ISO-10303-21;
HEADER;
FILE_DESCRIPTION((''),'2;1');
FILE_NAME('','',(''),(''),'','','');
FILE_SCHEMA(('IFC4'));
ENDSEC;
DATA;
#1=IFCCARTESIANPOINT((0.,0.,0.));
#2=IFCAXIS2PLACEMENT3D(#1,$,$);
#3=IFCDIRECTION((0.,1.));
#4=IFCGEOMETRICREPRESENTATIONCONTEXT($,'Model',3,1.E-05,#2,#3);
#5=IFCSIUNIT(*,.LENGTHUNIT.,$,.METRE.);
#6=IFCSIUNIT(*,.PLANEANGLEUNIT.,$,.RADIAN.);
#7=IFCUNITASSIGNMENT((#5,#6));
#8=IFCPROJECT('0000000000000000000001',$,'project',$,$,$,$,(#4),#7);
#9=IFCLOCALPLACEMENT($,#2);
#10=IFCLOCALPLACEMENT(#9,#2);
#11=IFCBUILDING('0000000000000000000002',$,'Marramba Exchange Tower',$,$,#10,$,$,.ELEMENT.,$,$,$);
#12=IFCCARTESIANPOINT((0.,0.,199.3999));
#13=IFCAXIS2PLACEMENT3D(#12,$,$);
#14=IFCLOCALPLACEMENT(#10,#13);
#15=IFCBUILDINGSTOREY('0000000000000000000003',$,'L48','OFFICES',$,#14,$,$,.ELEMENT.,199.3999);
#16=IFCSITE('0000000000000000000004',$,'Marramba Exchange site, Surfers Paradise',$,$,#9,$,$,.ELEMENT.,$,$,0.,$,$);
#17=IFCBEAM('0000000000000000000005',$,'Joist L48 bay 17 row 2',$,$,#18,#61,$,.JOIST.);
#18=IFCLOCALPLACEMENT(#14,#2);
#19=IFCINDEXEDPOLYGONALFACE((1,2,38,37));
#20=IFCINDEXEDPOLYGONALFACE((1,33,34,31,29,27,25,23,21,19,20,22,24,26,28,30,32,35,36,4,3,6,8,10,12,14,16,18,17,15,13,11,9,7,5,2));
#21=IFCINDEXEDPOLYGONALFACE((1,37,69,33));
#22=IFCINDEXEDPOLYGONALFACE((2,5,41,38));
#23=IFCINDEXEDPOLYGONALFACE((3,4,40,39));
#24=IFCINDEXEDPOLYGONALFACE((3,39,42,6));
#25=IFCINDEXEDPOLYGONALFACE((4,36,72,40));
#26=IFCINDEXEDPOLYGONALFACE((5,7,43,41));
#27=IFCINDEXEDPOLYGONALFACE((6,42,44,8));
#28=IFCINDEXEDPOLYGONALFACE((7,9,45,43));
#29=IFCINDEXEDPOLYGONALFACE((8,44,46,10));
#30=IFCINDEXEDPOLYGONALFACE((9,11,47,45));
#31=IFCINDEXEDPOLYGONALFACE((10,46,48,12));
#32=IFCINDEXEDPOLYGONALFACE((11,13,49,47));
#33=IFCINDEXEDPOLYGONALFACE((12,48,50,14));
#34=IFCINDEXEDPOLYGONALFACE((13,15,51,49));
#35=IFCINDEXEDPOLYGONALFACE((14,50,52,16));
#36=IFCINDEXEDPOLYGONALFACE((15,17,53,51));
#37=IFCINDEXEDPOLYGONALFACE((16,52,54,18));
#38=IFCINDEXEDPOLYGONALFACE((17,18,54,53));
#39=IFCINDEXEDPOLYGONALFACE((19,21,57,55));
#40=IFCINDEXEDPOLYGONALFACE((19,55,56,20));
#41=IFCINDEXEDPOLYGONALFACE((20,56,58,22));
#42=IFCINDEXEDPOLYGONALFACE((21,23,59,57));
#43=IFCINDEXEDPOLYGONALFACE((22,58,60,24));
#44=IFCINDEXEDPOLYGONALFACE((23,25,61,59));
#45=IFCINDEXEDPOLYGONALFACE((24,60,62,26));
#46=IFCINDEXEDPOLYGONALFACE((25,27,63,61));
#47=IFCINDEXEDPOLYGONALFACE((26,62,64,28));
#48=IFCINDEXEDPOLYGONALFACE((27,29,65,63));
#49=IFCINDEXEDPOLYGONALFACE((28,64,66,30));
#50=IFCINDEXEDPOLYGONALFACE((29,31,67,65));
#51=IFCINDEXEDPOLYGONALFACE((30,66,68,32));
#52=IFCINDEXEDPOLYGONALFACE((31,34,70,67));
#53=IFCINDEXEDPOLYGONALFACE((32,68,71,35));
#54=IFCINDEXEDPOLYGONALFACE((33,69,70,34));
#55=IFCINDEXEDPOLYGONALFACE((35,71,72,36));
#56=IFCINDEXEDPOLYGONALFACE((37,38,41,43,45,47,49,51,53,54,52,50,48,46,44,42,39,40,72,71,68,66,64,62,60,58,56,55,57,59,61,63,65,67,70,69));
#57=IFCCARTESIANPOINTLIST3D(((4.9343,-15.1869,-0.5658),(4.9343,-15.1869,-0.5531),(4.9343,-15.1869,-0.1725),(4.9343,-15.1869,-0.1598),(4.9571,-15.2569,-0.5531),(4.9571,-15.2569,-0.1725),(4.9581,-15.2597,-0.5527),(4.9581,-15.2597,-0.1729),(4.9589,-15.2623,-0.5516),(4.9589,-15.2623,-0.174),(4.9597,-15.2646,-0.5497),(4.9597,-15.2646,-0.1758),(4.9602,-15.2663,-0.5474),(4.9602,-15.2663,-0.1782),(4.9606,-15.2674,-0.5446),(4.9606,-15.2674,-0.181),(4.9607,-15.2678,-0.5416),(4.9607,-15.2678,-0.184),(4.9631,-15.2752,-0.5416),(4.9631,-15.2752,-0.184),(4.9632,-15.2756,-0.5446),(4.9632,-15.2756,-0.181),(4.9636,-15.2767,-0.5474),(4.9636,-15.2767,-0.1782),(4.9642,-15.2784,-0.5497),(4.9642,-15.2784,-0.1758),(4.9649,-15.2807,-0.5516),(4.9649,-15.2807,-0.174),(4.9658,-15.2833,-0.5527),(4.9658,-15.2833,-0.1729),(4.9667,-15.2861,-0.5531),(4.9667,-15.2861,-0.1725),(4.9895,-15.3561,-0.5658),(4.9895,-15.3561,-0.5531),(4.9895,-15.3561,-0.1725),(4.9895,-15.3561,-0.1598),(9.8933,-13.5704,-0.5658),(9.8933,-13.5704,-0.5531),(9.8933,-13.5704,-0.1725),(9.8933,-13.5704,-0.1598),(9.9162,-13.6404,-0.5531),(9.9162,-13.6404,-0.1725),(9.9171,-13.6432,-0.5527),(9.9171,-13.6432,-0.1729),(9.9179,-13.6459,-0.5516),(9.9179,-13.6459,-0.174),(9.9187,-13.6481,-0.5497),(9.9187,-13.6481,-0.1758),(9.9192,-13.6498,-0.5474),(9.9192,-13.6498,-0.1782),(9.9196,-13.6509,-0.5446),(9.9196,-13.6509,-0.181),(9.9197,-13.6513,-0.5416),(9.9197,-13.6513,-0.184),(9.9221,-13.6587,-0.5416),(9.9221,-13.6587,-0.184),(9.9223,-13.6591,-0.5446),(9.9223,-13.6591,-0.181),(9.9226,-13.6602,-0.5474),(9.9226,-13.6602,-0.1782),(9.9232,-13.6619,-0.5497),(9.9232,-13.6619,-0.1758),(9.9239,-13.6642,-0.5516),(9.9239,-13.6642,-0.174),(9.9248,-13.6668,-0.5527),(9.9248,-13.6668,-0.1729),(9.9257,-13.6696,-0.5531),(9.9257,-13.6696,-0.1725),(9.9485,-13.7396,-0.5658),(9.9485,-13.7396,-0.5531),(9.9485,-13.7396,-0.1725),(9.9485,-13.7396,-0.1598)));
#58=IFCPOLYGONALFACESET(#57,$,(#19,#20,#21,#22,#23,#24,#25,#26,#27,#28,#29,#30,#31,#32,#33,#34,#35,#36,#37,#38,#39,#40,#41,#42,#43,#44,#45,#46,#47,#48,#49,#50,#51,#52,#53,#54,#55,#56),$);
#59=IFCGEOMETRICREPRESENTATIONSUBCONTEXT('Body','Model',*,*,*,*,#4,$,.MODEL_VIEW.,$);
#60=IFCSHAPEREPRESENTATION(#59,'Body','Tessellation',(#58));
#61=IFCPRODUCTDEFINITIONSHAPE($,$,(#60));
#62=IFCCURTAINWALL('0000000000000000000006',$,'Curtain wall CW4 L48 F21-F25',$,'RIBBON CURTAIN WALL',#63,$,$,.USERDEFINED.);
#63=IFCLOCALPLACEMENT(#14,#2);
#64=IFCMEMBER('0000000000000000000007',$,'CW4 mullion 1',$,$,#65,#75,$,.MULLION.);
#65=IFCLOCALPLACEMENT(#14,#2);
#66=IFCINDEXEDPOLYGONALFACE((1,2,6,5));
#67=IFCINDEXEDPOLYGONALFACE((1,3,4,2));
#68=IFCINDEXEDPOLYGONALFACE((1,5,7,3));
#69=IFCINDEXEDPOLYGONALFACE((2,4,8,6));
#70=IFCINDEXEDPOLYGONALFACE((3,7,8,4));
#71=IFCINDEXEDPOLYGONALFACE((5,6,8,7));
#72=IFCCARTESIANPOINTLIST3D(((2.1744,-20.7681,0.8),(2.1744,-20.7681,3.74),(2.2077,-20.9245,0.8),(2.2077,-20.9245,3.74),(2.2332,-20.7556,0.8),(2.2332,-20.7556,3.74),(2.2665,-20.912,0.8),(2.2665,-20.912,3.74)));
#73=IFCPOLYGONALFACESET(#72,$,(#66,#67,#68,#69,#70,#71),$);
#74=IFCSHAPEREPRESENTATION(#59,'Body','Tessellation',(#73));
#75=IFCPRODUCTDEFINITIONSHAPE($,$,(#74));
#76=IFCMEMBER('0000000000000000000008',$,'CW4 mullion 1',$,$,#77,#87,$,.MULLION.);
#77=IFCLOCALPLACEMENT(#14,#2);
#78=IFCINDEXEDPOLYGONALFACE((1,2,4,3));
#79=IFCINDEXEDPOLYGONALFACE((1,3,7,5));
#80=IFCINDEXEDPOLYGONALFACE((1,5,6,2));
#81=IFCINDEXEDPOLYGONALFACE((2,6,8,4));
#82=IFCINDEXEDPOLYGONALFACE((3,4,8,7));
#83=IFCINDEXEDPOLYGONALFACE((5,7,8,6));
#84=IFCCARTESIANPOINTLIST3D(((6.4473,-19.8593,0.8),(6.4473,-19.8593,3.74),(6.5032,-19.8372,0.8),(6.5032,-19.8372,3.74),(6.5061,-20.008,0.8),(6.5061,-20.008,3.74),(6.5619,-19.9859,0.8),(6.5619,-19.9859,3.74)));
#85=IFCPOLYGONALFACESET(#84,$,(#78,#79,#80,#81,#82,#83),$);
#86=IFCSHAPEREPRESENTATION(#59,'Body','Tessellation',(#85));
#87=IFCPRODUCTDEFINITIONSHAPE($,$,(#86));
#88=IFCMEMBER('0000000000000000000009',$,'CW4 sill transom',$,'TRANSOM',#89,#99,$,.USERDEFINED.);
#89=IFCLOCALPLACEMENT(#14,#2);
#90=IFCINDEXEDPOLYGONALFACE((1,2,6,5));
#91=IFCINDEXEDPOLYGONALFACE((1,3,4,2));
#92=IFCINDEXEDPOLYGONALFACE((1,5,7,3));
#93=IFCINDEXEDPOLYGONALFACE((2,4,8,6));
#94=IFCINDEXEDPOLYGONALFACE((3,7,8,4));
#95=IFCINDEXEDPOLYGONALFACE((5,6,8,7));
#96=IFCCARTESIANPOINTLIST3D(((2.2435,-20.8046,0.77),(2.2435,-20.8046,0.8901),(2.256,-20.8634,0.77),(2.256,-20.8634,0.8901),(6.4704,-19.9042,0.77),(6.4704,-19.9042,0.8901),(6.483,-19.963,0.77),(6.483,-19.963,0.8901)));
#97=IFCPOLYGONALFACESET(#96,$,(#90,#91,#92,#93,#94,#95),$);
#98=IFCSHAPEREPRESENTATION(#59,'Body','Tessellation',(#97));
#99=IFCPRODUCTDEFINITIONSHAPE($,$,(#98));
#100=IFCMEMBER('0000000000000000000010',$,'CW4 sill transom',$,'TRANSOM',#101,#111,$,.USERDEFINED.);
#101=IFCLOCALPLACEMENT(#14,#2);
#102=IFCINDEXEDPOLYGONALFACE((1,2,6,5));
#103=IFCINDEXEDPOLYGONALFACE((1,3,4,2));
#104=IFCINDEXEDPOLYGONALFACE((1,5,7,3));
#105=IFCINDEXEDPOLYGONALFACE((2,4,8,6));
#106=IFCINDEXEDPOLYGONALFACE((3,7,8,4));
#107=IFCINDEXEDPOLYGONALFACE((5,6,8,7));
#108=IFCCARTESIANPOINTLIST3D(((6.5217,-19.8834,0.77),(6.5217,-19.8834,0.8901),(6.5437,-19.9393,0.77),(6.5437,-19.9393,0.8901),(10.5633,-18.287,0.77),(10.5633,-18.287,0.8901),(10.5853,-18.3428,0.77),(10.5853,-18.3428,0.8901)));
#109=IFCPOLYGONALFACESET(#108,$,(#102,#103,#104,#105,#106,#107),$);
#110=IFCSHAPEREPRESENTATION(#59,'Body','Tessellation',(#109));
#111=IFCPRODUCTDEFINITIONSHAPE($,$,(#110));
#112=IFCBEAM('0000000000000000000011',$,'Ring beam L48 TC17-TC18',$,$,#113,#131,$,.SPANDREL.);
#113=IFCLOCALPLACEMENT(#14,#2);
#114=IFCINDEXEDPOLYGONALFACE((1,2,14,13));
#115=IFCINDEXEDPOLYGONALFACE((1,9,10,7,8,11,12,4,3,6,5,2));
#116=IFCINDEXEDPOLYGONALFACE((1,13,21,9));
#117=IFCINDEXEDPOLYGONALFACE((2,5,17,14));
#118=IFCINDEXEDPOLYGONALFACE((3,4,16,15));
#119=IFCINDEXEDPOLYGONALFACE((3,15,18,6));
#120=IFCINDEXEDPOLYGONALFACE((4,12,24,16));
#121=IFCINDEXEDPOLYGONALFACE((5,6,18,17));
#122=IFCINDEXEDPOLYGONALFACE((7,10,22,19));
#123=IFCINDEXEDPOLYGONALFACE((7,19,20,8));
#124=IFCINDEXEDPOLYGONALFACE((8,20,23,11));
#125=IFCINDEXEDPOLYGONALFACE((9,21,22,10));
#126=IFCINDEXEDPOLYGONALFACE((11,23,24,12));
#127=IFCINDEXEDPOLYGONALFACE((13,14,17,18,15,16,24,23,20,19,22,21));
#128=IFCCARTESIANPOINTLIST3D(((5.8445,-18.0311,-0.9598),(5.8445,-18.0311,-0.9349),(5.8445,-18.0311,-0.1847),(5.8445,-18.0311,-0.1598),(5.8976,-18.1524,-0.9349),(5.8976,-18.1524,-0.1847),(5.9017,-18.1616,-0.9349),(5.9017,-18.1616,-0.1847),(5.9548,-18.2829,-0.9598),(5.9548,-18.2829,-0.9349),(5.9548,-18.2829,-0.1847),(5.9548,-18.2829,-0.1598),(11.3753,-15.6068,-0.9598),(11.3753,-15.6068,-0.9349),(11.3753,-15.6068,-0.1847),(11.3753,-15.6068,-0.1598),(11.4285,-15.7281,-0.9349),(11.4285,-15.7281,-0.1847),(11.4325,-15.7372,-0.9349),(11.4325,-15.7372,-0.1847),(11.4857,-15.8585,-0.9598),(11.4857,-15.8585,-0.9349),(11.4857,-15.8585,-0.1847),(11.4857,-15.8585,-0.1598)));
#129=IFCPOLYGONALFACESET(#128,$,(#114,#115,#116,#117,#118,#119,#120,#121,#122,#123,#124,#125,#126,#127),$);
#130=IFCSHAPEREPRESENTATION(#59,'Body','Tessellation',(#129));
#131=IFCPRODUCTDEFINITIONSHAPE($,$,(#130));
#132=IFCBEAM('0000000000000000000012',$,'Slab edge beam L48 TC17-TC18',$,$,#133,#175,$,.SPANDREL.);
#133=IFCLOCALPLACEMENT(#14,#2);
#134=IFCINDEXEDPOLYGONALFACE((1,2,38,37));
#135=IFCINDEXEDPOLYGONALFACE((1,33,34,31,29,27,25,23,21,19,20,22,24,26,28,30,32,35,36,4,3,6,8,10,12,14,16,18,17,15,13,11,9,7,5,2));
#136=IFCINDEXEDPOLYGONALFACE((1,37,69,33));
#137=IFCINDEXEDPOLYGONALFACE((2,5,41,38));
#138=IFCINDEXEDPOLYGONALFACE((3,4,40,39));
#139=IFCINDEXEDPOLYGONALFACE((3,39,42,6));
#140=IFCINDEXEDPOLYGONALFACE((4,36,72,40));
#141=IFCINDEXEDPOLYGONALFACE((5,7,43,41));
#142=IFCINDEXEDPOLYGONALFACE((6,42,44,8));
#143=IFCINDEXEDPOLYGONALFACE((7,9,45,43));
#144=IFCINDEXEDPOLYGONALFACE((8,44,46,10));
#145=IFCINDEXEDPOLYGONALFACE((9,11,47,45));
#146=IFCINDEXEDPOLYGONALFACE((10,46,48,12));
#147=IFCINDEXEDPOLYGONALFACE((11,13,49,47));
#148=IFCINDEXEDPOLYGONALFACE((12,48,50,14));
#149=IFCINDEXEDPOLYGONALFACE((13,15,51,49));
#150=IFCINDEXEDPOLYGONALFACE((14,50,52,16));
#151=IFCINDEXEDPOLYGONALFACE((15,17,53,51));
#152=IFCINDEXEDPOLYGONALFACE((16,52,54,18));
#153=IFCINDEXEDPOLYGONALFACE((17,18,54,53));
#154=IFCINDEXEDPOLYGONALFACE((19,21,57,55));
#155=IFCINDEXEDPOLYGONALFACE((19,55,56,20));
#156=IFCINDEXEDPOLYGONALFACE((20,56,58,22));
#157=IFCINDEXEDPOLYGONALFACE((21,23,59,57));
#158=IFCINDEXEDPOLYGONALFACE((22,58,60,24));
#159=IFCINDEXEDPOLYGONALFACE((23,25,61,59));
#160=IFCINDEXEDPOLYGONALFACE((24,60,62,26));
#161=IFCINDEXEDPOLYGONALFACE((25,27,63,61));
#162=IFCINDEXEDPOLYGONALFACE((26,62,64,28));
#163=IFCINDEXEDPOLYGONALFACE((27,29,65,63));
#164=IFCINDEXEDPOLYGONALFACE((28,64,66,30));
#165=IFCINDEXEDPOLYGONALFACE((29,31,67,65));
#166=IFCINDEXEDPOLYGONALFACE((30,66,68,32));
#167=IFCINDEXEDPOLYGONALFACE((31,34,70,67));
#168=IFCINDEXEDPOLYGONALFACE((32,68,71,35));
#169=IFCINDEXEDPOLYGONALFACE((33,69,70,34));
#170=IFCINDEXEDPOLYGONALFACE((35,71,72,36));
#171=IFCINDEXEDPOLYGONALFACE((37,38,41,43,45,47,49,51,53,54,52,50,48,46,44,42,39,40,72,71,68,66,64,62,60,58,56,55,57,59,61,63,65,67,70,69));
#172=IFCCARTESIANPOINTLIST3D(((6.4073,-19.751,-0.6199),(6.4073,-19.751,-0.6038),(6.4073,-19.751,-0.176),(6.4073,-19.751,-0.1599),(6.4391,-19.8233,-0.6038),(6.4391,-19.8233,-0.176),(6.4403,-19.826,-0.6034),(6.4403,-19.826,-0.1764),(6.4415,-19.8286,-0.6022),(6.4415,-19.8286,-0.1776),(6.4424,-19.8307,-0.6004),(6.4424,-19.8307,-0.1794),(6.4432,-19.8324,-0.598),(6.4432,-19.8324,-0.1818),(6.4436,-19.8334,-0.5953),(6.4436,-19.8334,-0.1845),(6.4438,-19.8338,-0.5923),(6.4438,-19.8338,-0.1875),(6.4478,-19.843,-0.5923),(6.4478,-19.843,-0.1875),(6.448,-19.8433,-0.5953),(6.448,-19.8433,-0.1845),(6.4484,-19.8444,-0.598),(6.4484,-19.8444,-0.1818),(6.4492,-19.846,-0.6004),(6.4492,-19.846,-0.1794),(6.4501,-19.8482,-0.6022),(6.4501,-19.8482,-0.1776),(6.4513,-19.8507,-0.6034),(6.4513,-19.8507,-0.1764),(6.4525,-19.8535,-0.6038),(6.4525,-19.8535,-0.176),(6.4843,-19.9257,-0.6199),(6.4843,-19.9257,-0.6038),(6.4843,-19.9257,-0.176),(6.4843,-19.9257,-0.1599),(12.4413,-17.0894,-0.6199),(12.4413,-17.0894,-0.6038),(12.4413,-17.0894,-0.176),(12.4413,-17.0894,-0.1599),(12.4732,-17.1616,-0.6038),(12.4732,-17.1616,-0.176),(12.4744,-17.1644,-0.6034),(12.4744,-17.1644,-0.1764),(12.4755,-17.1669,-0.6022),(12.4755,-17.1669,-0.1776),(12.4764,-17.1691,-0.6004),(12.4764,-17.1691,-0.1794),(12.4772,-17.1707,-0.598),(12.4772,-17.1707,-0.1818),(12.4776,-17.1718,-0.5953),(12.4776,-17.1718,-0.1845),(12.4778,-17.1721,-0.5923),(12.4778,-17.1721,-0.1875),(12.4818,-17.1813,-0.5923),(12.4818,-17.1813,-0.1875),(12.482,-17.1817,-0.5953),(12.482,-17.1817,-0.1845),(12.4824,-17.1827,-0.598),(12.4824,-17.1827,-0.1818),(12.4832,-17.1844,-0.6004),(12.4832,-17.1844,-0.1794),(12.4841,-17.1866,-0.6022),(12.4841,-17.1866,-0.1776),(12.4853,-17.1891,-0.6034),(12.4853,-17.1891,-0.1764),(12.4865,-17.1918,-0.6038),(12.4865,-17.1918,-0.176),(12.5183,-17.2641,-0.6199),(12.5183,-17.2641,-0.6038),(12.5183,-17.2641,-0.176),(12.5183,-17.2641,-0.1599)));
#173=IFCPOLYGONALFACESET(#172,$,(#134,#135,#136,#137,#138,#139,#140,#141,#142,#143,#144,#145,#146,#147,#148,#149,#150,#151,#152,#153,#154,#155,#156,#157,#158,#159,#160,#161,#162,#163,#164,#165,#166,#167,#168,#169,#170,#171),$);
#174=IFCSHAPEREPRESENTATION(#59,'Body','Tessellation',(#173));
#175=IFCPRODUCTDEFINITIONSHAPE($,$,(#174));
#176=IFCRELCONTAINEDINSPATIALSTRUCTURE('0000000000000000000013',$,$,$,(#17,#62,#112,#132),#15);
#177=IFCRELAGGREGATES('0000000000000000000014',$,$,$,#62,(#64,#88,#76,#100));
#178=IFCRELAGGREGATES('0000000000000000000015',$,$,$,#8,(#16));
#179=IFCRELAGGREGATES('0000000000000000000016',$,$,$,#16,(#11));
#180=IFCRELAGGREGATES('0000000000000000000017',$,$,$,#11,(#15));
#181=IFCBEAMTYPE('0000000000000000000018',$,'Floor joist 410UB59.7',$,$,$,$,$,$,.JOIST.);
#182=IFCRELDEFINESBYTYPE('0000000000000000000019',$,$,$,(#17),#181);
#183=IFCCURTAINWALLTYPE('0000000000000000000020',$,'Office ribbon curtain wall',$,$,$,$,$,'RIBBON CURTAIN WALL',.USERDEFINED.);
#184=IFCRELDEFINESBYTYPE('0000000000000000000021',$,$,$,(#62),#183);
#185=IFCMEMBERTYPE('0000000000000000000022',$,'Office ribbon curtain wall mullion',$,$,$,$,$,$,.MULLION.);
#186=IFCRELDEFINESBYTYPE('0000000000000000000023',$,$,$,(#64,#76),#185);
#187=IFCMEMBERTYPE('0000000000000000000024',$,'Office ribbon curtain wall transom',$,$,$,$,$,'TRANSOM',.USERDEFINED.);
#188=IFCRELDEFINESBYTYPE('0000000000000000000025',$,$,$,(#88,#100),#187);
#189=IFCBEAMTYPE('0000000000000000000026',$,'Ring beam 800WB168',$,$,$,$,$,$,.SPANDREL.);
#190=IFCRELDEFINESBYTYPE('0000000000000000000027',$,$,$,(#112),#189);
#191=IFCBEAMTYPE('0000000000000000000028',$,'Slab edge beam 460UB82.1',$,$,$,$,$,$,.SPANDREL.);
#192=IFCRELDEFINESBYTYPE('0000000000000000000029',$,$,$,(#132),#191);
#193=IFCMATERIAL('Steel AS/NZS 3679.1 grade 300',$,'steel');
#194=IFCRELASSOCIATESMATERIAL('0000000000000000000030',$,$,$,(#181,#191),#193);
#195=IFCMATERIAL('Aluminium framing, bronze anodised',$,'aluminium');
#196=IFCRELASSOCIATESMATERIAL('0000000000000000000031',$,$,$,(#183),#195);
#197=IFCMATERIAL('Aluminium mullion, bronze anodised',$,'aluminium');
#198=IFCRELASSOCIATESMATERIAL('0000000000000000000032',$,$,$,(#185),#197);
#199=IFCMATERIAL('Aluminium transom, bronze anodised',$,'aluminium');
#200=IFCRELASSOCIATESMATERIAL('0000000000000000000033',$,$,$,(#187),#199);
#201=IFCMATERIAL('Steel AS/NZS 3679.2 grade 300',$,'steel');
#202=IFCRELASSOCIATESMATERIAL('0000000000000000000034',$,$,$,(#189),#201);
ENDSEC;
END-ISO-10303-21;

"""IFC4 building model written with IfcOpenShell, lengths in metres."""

from ifc_helpers import new_model, si_unit, direction, frame, origin, origin_2d, place, context, subcontext, project, spatial, rectangle, i_section, extrude, material, material_profile, profile_set, type_object, element, aggregate, save


model = new_model("IFC4")

# Units and contexts
model_context = context("Model", 3, precision=1e-05, world=origin(), true_north=direction((0.0, 1.0)))
body_context = subcontext(model_context, "Body", "Model", "MODEL_VIEW")
ifc_project = project(units=[si_unit("LENGTHUNIT", "METRE"), si_unit("PLANEANGLEUNIT", "RADIAN")], contexts=[model_context])

# Site, building, storey
site_placement = place(None, origin())
site = spatial("IfcSite", under=ifc_project, at=site_placement, Name="Marramba Exchange site, Surfers Paradise", CompositionType="ELEMENT", RefElevation=0.0)
building_placement = place(site_placement, origin())
building = spatial("IfcBuilding", under=site, at=building_placement, Name="Marramba Exchange Tower", CompositionType="ELEMENT")
storey_placement = place(building_placement, frame((0.0, 0.0, 199.3999)))
storey = spatial("IfcBuildingStorey", under=building, at=storey_placement, Name="L48", Description="OFFICES", CompositionType="ELEMENT", Elevation=199.3999)

# Beam
ifc_material_1 = material(Name="Steel AS/NZS 3679.2 grade 300", Category="steel")
ifc_material_2 = material(Name="Steel AS/NZS 3679.1 grade 300", Category="steel")
ifc_material_profile_1 = material_profile(ifc_material_2, i_section(OverallWidth=0.178, OverallDepth=0.406, WebThickness=0.0078, FlangeThickness=0.0127, FilletRadius=0.0115, at=origin_2d()), Name="410UB59.7")
ifc_profile_set_1 = profile_set([ifc_material_profile_1], Name="Steel AS/NZS 3679.1 grade 300")
beam_type_1 = type_object("IfcBeamType", Name="Floor joist 410UB59.7", PredefinedType="JOIST", material=ifc_profile_set_1)
beam_1_placement = place(storey_placement, frame((4.9619, -15.2715, -0.3628), z_axis=(0.950764, 0.309916, 0.0), x_axis=(-0.309916, 0.950764, 0.0)))
element("IfcBeam", 1, at=beam_1_placement, inside=storey, type_object=beam_type_1, Name="Joist L48 bay 17 row 2", PredefinedType="JOIST", context=body_context, shape_type="SweptSolid", body=[
    extrude(i_section(OverallWidth=0.178, OverallDepth=0.406, WebThickness=0.0078, FlangeThickness=0.0127, FilletRadius=0.0115, at=origin_2d()), origin(), (0.0, 0.0, 1.0), 5.2158),
])

# Curtain wall, members
ifc_material_3 = material(Name="Aluminium framing, bronze anodised", Category="aluminium")
curtain_wall_type = type_object("IfcCurtainWallType", Name="Office ribbon curtain wall", ElementType="RIBBON CURTAIN WALL", PredefinedType="USERDEFINED", material=ifc_material_3)
curtain_wall_placement = place(storey_placement, origin())
curtain_wall = element("IfcCurtainWall", 2, at=curtain_wall_placement, inside=storey, type_object=curtain_wall_type, Name="Curtain wall CW4 L48 F21-F25", ObjectType="RIBBON CURTAIN WALL", PredefinedType="USERDEFINED")
ifc_material_4 = material(Name="Aluminium mullion, bronze anodised", Category="aluminium")
ifc_material_profile_2 = material_profile(ifc_material_4, rectangle(XDim=0.1599, YDim=0.0601, at=origin_2d()), Name="CW4 mullion 60x160")
ifc_profile_set_2 = profile_set([ifc_material_profile_2], Name="Aluminium mullion, bronze anodised")
member_type_1 = type_object("IfcMemberType", Name="Office ribbon curtain wall mullion", PredefinedType="MULLION", material=ifc_profile_set_2)
member_1_placement = place(storey_placement, frame((2.2205, -20.8401, 0.8), z_axis=(0.0, 0.0, 1.0), x_axis=(-0.208332, 0.978058, 0.0)))
member_1 = element("IfcMember", 3, at=member_1_placement, type_object=member_type_1, Name="CW4 mullion 1", PredefinedType="MULLION", context=body_context, shape_type="SweptSolid", body=[
    extrude(rectangle(XDim=0.1599, YDim=0.0601, at=origin_2d()), origin(), (0.0, 0.0, 1.0), 2.9399),
])
member_2_placement = place(storey_placement, frame((6.5046, -19.9226, 0.8), z_axis=(0.0, 0.0, 1.0), x_axis=(-0.367375, 0.930073, 0.0)))
member_2 = element("IfcMember", 4, at=member_2_placement, type_object=member_type_1, Name="CW4 mullion 1", PredefinedType="MULLION", context=body_context, shape_type="SweptSolid", body=[
    extrude(rectangle(XDim=0.1599, YDim=0.0601, at=origin_2d()), origin(), (0.0, 0.0, 1.0), 2.9399),
])
ifc_material_5 = material(Name="Aluminium transom, bronze anodised", Category="aluminium")
ifc_material_profile_3 = material_profile(ifc_material_5, rectangle(XDim=0.0601, YDim=0.1201, at=origin_2d()), Name="CW4 transom 60x120")
ifc_profile_set_3 = profile_set([ifc_material_profile_3], Name="Aluminium transom, bronze anodised")
member_type_2 = type_object("IfcMemberType", Name="Office ribbon curtain wall transom", ElementType="TRANSOM", PredefinedType="USERDEFINED", material=ifc_profile_set_3)
member_3_placement = place(storey_placement, frame((2.2498, -20.834, 0.8301), z_axis=(0.978058, 0.208333, 0.0), x_axis=(-0.208333, 0.978058, 0.0)))
member_3 = element("IfcMember", 5, at=member_3_placement, type_object=member_type_2, Name="CW4 sill transom", ObjectType="TRANSOM", PredefinedType="USERDEFINED", context=body_context, shape_type="SweptSolid", body=[
    extrude(rectangle(XDim=0.0601, YDim=0.1201, at=origin_2d()), origin(), (0.0, 0.0, 1.0), 4.3218),
])
member_4_placement = place(storey_placement, frame((6.5327, -19.9114, 0.8301), z_axis=(0.930068, 0.367387, 0.0), x_axis=(-0.367387, 0.930068, 0.0)))
member_4 = element("IfcMember", 6, at=member_4_placement, type_object=member_type_2, Name="CW4 sill transom", ObjectType="TRANSOM", PredefinedType="USERDEFINED", context=body_context, shape_type="SweptSolid", body=[
    extrude(rectangle(XDim=0.0601, YDim=0.1201, at=origin_2d()), origin(), (0.0, 0.0, 1.0), 4.3455),
])

# Beams
ifc_material_profile_4 = material_profile(ifc_material_1, i_section(OverallWidth=0.2749, OverallDepth=0.8, WebThickness=0.01, FlangeThickness=0.0249, at=origin_2d()), Name="800WB168")
ifc_profile_set_4 = profile_set([ifc_material_profile_4], Name="Steel AS/NZS 3679.2 grade 300")
beam_type_2 = type_object("IfcBeamType", Name="Ring beam 800WB168", PredefinedType="SPANDREL", material=ifc_profile_set_4)
beam_2_placement = place(storey_placement, frame((5.8997, -18.157, -0.5598), z_axis=(0.915877, 0.401459, 0.0), x_axis=(-0.401459, 0.915877, 0.0)))
element("IfcBeam", 7, at=beam_2_placement, inside=storey, type_object=beam_type_2, Name="Ring beam L48 TC17-TC18", PredefinedType="SPANDREL", context=body_context, shape_type="SweptSolid", body=[
    extrude(i_section(OverallWidth=0.2749, OverallDepth=0.8, WebThickness=0.01, FlangeThickness=0.0249, at=origin_2d()), origin(), (0.0, 0.0, 1.0), 6.0388),
])
ifc_material_profile_5 = material_profile(ifc_material_2, i_section(OverallWidth=0.1909, OverallDepth=0.46, WebThickness=0.01, FlangeThickness=0.0161, FilletRadius=0.0115, at=origin_2d()), Name="460UB82.1")
ifc_profile_set_5 = profile_set([ifc_material_profile_5], Name="Steel AS/NZS 3679.1 grade 300")
beam_type_3 = type_object("IfcBeamType", Name="Slab edge beam 460UB82.1", PredefinedType="SPANDREL", material=ifc_profile_set_5)
beam_3_placement = place(storey_placement, frame((6.4458, -19.8384, -0.3899), z_axis=(0.914941, 0.403588, 0.0), x_axis=(-0.403588, 0.914941, 0.0)))
element("IfcBeam", 8, at=beam_3_placement, inside=storey, type_object=beam_type_3, Name="Slab edge beam L48 TC17-TC18", PredefinedType="SPANDREL", context=body_context, shape_type="SweptSolid", body=[
    extrude(i_section(OverallWidth=0.1909, OverallDepth=0.46, WebThickness=0.01, FlangeThickness=0.0161, FilletRadius=0.0115, at=origin_2d()), origin(), (0.0, 0.0, 1.0), 6.595),
])

aggregate(curtain_wall, [member_1, member_3, member_2, member_4])

save(model, "model.ifc")
